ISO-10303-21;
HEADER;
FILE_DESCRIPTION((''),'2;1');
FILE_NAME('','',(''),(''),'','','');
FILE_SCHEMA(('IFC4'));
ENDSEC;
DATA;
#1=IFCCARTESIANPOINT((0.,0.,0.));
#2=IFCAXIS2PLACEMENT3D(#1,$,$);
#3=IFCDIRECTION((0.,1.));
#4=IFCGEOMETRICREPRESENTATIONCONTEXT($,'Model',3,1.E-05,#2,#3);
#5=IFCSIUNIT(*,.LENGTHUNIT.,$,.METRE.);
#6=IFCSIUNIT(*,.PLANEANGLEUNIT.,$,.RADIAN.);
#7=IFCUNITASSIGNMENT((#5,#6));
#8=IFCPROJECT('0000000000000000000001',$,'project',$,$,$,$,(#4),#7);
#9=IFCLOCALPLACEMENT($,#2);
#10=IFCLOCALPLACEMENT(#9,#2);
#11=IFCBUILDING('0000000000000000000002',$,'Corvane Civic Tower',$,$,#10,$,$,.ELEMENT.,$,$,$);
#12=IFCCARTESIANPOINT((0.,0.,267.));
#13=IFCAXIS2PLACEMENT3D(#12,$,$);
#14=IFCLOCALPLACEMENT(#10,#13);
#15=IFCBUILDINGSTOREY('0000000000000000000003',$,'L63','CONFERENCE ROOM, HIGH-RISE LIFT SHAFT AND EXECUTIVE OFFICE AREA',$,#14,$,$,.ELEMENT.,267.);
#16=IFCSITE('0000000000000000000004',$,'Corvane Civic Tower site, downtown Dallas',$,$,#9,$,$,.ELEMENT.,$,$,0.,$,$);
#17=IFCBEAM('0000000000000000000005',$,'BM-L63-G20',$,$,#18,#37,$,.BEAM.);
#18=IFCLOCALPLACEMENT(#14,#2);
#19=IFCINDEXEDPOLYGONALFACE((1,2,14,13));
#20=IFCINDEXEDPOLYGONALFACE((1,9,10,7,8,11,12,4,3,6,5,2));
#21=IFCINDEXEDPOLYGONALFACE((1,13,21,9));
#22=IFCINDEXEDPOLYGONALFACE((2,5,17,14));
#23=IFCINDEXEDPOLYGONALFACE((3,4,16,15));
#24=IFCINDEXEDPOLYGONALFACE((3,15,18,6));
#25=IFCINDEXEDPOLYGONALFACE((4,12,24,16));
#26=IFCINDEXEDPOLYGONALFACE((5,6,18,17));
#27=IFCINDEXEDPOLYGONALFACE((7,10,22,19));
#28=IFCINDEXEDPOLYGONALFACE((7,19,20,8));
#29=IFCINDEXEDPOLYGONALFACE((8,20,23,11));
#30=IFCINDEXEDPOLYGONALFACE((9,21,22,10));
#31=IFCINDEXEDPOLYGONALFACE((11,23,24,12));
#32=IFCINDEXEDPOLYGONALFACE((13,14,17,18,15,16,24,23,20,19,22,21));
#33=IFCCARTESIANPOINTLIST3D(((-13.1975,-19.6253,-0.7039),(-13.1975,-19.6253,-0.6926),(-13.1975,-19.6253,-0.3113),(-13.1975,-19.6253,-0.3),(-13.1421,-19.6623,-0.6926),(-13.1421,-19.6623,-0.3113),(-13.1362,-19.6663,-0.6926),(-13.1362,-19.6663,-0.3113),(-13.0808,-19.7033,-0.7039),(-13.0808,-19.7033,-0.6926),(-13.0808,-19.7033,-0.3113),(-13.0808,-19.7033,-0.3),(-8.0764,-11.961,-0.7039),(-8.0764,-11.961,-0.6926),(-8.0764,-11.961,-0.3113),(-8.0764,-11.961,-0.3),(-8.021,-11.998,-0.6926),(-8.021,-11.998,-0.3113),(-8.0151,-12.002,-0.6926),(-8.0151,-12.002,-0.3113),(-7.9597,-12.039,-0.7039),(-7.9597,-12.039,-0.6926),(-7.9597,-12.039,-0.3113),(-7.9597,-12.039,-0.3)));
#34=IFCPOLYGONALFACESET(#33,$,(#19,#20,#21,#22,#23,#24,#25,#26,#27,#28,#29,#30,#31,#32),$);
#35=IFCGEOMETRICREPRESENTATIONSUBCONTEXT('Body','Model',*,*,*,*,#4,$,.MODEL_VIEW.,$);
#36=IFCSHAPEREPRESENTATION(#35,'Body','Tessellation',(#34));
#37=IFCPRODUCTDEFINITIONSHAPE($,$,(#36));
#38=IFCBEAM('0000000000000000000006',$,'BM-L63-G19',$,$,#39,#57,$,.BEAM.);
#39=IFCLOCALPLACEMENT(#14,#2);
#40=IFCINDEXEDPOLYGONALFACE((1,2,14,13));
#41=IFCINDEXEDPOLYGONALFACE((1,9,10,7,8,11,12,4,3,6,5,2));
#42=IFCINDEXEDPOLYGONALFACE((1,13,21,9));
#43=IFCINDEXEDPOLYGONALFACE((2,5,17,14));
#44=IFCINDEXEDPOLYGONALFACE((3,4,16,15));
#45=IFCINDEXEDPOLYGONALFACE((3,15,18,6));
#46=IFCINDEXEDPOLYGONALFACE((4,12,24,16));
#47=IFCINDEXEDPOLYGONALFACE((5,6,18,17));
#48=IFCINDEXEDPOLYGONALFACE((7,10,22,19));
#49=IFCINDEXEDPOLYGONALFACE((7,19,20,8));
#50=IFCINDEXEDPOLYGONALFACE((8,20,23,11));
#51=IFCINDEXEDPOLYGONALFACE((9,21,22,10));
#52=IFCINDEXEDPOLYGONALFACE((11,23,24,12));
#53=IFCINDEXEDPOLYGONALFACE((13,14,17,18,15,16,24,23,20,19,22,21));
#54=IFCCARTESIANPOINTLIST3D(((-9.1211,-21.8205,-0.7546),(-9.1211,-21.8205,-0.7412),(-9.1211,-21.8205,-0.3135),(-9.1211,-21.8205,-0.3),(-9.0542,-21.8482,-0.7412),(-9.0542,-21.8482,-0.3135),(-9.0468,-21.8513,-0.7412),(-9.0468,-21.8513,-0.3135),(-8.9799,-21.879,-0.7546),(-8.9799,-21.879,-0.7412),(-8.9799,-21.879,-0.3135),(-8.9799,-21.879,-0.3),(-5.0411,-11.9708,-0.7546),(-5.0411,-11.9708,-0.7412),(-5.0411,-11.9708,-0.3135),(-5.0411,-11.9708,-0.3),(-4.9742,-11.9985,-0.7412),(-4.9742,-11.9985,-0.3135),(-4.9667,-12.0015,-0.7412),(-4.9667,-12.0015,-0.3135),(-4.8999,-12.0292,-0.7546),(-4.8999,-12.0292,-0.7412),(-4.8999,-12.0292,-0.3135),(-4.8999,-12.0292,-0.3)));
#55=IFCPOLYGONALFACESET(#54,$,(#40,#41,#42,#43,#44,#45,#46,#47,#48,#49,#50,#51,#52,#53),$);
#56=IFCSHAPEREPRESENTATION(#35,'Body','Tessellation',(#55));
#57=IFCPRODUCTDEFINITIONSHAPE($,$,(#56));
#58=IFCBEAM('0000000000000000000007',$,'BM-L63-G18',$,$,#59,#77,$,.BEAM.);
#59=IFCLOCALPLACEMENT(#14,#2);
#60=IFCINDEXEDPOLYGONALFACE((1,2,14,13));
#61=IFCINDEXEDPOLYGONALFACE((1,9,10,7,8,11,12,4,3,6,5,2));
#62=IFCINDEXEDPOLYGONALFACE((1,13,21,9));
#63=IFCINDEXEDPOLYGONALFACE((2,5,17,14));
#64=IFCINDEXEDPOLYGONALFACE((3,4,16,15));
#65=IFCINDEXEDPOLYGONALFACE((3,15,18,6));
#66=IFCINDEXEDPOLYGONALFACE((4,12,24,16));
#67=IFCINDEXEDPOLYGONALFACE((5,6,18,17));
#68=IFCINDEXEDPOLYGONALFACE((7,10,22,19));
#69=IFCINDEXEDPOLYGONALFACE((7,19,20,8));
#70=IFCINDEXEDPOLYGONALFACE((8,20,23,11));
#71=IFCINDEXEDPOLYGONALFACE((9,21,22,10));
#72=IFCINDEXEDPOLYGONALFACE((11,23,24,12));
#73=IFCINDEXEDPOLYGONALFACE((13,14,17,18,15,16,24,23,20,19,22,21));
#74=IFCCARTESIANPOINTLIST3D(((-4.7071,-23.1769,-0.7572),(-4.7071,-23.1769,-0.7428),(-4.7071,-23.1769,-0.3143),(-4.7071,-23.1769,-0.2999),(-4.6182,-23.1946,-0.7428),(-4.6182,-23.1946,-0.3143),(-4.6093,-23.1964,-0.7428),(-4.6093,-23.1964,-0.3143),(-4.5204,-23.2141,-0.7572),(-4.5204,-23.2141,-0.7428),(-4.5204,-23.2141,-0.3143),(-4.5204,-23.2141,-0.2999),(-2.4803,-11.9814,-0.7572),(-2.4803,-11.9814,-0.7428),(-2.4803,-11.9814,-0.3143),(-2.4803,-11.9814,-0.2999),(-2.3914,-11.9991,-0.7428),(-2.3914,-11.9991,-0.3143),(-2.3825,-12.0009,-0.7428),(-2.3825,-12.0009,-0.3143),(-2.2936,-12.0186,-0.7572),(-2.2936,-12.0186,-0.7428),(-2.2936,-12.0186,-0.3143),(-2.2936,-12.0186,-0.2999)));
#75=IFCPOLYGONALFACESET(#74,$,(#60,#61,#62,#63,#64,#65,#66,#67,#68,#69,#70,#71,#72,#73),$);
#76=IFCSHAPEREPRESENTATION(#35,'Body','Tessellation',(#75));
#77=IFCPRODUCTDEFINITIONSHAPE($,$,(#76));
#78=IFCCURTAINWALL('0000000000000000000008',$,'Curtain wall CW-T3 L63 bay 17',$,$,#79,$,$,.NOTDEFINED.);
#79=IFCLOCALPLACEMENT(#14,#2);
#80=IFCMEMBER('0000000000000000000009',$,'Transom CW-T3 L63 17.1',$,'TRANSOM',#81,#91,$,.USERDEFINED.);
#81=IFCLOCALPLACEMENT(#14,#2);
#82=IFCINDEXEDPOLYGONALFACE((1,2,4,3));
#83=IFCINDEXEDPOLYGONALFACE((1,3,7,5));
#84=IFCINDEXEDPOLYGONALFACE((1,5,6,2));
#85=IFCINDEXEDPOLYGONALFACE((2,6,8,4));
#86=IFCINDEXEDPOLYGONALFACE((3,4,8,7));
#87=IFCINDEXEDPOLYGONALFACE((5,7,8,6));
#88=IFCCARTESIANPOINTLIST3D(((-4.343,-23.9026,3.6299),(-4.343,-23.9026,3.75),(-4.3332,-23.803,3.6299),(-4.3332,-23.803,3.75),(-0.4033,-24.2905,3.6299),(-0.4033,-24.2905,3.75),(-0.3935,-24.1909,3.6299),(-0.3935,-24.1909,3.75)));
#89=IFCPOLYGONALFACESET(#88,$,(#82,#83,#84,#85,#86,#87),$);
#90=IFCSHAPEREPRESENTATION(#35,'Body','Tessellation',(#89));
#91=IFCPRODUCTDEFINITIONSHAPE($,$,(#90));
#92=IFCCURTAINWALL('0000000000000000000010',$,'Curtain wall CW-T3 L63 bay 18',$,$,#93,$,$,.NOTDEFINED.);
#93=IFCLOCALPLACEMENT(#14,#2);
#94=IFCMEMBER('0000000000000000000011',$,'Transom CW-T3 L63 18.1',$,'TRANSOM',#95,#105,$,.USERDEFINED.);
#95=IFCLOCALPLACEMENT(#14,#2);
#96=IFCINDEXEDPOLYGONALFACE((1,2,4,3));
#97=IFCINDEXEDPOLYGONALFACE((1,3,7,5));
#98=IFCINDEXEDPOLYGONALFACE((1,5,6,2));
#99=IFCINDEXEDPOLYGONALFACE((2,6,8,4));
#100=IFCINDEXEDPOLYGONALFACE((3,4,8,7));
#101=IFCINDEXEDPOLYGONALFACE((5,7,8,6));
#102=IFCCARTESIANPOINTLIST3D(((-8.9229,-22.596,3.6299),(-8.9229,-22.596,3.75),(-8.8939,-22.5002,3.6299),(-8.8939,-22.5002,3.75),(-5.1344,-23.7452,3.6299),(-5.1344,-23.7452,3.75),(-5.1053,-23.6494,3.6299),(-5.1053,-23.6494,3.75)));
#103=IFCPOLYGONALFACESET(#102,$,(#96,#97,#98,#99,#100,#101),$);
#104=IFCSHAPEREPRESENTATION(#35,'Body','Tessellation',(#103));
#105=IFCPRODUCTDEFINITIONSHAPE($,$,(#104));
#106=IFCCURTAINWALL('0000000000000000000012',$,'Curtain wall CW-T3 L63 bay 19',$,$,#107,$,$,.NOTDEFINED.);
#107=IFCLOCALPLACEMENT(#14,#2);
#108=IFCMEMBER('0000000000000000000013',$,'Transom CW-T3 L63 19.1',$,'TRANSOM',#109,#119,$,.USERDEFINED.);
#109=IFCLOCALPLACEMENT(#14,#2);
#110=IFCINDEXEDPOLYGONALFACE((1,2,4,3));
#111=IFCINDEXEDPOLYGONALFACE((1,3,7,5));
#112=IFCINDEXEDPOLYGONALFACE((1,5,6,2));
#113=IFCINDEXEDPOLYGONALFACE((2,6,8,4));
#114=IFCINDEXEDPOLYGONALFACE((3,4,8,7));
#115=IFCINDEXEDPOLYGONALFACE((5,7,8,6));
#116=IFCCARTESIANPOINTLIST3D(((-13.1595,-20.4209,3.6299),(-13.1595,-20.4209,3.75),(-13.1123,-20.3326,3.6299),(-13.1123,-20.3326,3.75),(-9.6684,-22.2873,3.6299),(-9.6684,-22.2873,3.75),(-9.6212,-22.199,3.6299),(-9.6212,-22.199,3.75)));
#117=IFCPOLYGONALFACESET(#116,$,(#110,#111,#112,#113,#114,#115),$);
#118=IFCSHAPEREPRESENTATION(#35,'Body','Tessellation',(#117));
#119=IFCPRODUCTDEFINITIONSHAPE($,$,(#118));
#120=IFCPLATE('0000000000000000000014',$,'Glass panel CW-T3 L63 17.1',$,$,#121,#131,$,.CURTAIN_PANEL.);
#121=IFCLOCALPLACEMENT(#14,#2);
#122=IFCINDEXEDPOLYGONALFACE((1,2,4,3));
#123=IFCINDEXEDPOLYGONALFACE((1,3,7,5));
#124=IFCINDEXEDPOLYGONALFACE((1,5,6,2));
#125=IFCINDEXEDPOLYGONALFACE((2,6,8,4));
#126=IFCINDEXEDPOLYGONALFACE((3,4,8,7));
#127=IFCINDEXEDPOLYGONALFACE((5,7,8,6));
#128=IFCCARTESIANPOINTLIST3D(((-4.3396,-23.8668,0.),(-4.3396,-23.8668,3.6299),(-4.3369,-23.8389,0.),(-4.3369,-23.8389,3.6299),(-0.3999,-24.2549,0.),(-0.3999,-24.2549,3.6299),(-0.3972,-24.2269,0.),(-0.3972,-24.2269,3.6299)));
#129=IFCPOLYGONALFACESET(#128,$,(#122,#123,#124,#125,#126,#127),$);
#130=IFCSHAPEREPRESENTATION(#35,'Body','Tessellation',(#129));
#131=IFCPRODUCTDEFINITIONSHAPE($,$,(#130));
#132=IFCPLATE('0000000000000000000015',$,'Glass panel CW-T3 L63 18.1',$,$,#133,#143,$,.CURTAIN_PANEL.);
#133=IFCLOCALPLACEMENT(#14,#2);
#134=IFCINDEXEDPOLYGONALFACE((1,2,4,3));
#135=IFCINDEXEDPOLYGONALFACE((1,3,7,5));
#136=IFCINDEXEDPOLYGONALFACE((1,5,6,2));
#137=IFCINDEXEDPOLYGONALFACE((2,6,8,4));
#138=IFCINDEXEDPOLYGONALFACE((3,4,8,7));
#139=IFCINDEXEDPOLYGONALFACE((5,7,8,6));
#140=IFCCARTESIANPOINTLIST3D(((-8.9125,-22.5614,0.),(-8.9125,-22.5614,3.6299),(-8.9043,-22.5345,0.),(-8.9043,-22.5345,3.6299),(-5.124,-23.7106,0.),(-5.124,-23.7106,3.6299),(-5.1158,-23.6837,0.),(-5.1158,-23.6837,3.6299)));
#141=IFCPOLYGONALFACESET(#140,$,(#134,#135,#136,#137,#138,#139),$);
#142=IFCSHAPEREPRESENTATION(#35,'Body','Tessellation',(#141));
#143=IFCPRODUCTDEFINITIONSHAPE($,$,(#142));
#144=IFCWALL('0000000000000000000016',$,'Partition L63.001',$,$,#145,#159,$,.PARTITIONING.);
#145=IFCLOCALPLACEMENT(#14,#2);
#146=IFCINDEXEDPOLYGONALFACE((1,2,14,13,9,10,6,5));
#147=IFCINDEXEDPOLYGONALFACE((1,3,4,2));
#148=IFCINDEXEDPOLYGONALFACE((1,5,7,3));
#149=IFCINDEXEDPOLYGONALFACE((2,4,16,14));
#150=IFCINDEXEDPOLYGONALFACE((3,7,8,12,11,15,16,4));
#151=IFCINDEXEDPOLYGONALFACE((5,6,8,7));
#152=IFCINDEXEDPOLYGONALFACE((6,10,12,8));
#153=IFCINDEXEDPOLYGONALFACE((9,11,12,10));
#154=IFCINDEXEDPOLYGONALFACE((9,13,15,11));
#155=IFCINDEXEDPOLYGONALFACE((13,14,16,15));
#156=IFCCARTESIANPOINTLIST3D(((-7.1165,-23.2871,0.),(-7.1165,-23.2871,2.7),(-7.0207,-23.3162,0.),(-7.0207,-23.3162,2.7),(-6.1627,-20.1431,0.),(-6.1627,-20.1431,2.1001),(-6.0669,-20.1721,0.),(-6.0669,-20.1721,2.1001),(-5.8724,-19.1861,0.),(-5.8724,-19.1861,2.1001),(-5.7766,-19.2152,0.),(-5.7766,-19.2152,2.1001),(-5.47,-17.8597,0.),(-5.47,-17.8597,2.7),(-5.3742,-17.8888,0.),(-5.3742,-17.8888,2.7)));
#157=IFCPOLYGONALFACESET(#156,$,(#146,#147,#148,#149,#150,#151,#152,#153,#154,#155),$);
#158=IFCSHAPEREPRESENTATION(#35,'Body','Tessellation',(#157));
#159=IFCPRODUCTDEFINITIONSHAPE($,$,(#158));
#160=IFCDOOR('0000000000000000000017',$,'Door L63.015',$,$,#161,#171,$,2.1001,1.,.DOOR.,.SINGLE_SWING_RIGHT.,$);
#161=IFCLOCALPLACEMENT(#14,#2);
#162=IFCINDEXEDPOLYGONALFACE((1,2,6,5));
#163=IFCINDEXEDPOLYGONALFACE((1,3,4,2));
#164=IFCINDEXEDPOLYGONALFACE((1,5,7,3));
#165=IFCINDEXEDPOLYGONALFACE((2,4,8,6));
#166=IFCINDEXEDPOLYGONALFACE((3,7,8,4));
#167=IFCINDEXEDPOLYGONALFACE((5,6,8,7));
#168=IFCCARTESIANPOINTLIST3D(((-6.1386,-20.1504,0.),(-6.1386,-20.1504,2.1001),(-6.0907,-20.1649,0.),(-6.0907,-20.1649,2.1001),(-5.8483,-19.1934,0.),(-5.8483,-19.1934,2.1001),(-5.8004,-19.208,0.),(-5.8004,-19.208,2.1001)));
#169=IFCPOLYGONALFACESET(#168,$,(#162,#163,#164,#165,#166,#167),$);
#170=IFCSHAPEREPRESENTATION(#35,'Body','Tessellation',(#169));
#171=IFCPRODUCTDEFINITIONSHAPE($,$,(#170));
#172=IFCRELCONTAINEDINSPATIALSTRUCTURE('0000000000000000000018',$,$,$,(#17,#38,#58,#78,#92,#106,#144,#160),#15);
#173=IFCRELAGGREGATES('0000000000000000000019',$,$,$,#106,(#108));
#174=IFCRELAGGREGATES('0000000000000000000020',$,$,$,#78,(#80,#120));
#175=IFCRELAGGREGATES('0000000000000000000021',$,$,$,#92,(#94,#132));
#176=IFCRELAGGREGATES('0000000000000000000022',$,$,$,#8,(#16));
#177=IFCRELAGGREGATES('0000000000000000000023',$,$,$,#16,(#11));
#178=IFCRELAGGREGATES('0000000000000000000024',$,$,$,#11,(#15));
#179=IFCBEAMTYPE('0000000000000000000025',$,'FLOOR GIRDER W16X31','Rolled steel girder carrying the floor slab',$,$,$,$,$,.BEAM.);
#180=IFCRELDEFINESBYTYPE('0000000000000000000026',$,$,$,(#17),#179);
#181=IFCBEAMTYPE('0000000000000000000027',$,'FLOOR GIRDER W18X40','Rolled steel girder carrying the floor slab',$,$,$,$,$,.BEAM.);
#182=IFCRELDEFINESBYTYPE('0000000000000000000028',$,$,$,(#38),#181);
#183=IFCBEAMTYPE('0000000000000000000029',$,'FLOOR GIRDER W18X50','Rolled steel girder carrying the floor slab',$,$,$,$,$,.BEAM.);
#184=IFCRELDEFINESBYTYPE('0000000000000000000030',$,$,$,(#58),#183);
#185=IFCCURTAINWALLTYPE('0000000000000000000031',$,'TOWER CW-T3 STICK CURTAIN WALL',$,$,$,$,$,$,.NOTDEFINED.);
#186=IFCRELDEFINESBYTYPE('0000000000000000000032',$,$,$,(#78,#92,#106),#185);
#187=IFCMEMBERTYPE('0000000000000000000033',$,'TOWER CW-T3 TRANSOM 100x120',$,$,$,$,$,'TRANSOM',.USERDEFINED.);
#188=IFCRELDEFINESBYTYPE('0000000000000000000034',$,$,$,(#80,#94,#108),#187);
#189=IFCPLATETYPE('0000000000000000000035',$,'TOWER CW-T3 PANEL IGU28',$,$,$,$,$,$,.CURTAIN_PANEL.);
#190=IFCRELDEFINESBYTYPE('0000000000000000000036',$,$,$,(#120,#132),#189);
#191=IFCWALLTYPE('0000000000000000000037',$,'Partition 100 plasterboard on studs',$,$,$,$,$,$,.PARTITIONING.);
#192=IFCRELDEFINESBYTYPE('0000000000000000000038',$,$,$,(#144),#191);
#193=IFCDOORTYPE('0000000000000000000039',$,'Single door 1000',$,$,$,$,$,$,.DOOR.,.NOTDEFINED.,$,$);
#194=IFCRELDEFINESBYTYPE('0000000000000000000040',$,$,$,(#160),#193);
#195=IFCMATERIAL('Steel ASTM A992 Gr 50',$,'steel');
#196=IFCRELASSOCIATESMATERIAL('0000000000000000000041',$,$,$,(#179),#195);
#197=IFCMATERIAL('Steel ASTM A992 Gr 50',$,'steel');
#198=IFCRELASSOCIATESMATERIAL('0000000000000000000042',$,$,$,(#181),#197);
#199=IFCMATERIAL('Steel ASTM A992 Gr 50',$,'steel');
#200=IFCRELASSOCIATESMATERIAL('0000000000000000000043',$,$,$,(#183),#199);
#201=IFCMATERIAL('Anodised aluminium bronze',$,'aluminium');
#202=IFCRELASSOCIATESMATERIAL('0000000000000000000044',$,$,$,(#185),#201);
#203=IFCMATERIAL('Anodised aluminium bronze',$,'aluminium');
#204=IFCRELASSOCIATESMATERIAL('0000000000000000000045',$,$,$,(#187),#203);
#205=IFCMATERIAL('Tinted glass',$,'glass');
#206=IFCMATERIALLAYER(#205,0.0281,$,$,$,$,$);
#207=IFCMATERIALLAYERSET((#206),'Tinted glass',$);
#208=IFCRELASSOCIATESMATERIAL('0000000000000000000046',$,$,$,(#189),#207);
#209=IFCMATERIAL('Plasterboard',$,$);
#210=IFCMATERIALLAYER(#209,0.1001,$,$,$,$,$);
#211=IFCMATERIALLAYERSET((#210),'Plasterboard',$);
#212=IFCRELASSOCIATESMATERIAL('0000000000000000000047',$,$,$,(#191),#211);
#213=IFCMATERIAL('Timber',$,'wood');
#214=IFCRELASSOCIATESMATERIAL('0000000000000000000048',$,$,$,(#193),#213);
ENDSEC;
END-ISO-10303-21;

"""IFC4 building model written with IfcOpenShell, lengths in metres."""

from ifc_helpers import new_model, si_unit, direction, frame, frame_2d, origin, origin_2d, place, context, subcontext, project, spatial, rectangle, i_section, extrude, material, layer, layer_set, material_profile, profile_set, type_object, element, fill, aggregate, save


model = new_model("IFC4")

# Units and contexts
model_context = context("Model", 3, precision=1e-05, world=origin(), true_north=direction((0.0, 1.0)))
body_context = subcontext(model_context, "Body", "Model", "MODEL_VIEW")
ifc_project = project(units=[si_unit("LENGTHUNIT", "METRE"), si_unit("PLANEANGLEUNIT", "RADIAN")], contexts=[model_context])

# Site, building, storey
site_placement = place(None, origin())
site = spatial("IfcSite", under=ifc_project, at=site_placement, Name="Corvane Civic Tower site, downtown Dallas", CompositionType="ELEMENT", RefElevation=0.0)
building_placement = place(site_placement, origin())
building = spatial("IfcBuilding", under=site, at=building_placement, Name="Corvane Civic Tower", CompositionType="ELEMENT")
storey_placement = place(building_placement, frame((0.0, 0.0, 267.0)))
storey = spatial("IfcBuildingStorey", under=building, at=storey_placement, Name="L63", Description="CONFERENCE ROOM, HIGH-RISE LIFT SHAFT AND EXECUTIVE OFFICE AREA", CompositionType="ELEMENT", Elevation=267.0)

# Beams
ifc_material_1 = material(Name="Steel ASTM A992 Gr 50", Category="steel")
ifc_material_profile_1 = material_profile(ifc_material_1, i_section(OverallWidth=0.1404, OverallDepth=0.4038, WebThickness=0.0071, FlangeThickness=0.0112, at=origin_2d()), Name="W16X31")
ifc_profile_set_1 = profile_set([ifc_material_profile_1], Name="Steel ASTM A992 Gr 50")
beam_type_1 = type_object("IfcBeamType", Name="FLOOR GIRDER W16X31", Description="Rolled steel girder carrying the floor slab", PredefinedType="BEAM", material=ifc_profile_set_1)
beam_1_placement = place(storey_placement, frame((-8.0181, -12.0, -0.502), z_axis=(-0.555568, -0.831471, 0.0), x_axis=(0.831471, -0.555568, 0.0)))
element("IfcBeam", 1, at=beam_1_placement, inside=storey, type_object=beam_type_1, Name="BM-L63-G20", PredefinedType="BEAM", context=body_context, shape_type="SweptSolid", body=[
    extrude(i_section(OverallWidth=0.1404, OverallDepth=0.4038, WebThickness=0.0071, FlangeThickness=0.0112, at=origin_2d()), origin(), (0.0, 0.0, 1.0), 9.2178),
])
ifc_material_2 = material(Name="Steel ASTM A992 Gr 50", Category="steel")
ifc_material_profile_2 = material_profile(ifc_material_2, i_section(OverallWidth=0.1528, OverallDepth=0.4546, WebThickness=0.0081, FlangeThickness=0.0134, at=origin_2d()), Name="W18X40")
ifc_profile_set_2 = profile_set([ifc_material_profile_2], Name="Steel ASTM A992 Gr 50")
beam_type_2 = type_object("IfcBeamType", Name="FLOOR GIRDER W18X40", Description="Rolled steel girder carrying the floor slab", PredefinedType="BEAM", material=ifc_profile_set_2)
beam_2_placement = place(storey_placement, frame((-4.9705, -12.0, -0.5273), z_axis=(-0.382694, -0.923875, 0.0), x_axis=(0.923875, -0.382694, 0.0)))
element("IfcBeam", 2, at=beam_2_placement, inside=storey, type_object=beam_type_2, Name="BM-L63-G19", PredefinedType="BEAM", context=body_context, shape_type="SweptSolid", body=[
    extrude(i_section(OverallWidth=0.1528, OverallDepth=0.4546, WebThickness=0.0081, FlangeThickness=0.0134, at=origin_2d()), origin(), (0.0, 0.0, 1.0), 10.6614),
])
ifc_material_3 = material(Name="Steel ASTM A992 Gr 50", Category="steel")
ifc_material_profile_3 = material_profile(ifc_material_3, i_section(OverallWidth=0.1904, OverallDepth=0.4573, WebThickness=0.009, FlangeThickness=0.0144, at=origin_2d()), Name="W18X50")
ifc_profile_set_3 = profile_set([ifc_material_profile_3], Name="Steel ASTM A992 Gr 50")
beam_type_3 = type_object("IfcBeamType", Name="FLOOR GIRDER W18X50", Description="Rolled steel girder carrying the floor slab", PredefinedType="BEAM", material=ifc_profile_set_3)
beam_3_placement = place(storey_placement, frame((-2.387, -12.0, -0.5286), z_axis=(-0.19508, -0.980787, 0.0), x_axis=(0.980787, -0.19508, 0.0)))
element("IfcBeam", 3, at=beam_3_placement, inside=storey, type_object=beam_type_3, Name="BM-L63-G18", PredefinedType="BEAM", context=body_context, shape_type="SweptSolid", body=[
    extrude(i_section(OverallWidth=0.1904, OverallDepth=0.4573, WebThickness=0.009, FlangeThickness=0.0144, at=origin_2d()), origin(), (0.0, 0.0, 1.0), 11.4148),
])

# Curtain walls, members
ifc_material_4 = material(Name="Anodised aluminium bronze", Category="aluminium")
curtain_wall_type = type_object("IfcCurtainWallType", Name="TOWER CW-T3 STICK CURTAIN WALL", PredefinedType="NOTDEFINED", material=ifc_material_4)
curtain_wall_1_placement = place(storey_placement, origin())
curtain_wall_1 = element("IfcCurtainWall", 4, at=curtain_wall_1_placement, inside=storey, type_object=curtain_wall_type, Name="Curtain wall CW-T3 L63 bay 17", PredefinedType="NOTDEFINED")
ifc_material_5 = material(Name="Anodised aluminium bronze", Category="aluminium")
ifc_material_profile_4 = material_profile(ifc_material_5, rectangle(XDim=0.1001, YDim=0.1201, at=origin_2d()), Name="TOWER CW-T3 TRANSOM 100x120")
ifc_profile_set_4 = profile_set([ifc_material_profile_4], Name="Anodised aluminium bronze")
member_type = type_object("IfcMemberType", Name="TOWER CW-T3 TRANSOM 100x120", ElementType="TRANSOM", PredefinedType="USERDEFINED", material=ifc_profile_set_4)
member_1_placement = place(storey_placement, frame((-0.3984, -24.2407, 3.6899), z_axis=(-0.995187, 0.097995, 0.0), x_axis=(-0.097995, -0.995187, 0.0)))
member_1 = element("IfcMember", 5, at=member_1_placement, type_object=member_type, Name="Transom CW-T3 L63 17.1", ObjectType="TRANSOM", PredefinedType="USERDEFINED", context=body_context, shape_type="SweptSolid", body=[
    extrude(rectangle(XDim=0.1001, YDim=0.1201, at=origin_2d()), origin(), (0.0, 0.0, 1.0), 3.9587),
])
curtain_wall_2_placement = place(storey_placement, origin())
curtain_wall_2 = element("IfcCurtainWall", 6, at=curtain_wall_2_placement, inside=storey, type_object=curtain_wall_type, Name="Curtain wall CW-T3 L63 bay 18", PredefinedType="NOTDEFINED")
member_2_placement = place(storey_placement, frame((-5.1199, -23.6973, 3.6899), z_axis=(-0.956946, 0.290266, 0.0), x_axis=(-0.290266, -0.956946, 0.0)))
member_2 = element("IfcMember", 7, at=member_2_placement, type_object=member_type, Name="Transom CW-T3 L63 18.1", ObjectType="TRANSOM", PredefinedType="USERDEFINED", context=body_context, shape_type="SweptSolid", body=[
    extrude(rectangle(XDim=0.1001, YDim=0.1201, at=origin_2d()), origin(), (0.0, 0.0, 1.0), 3.959),
])
curtain_wall_3_placement = place(storey_placement, origin())
curtain_wall_3 = element("IfcCurtainWall", 8, at=curtain_wall_3_placement, inside=storey, type_object=curtain_wall_type, Name="Curtain wall CW-T3 L63 bay 19", PredefinedType="NOTDEFINED")
member_3_placement = place(storey_placement, frame((-9.6448, -22.2432, 3.6899), z_axis=(-0.881883, 0.471468, 0.0), x_axis=(-0.471468, -0.881883, 0.0)))
member_3 = element("IfcMember", 9, at=member_3_placement, type_object=member_type, Name="Transom CW-T3 L63 19.1", ObjectType="TRANSOM", PredefinedType="USERDEFINED", context=body_context, shape_type="SweptSolid", body=[
    extrude(rectangle(XDim=0.1001, YDim=0.1201, at=origin_2d()), origin(), (0.0, 0.0, 1.0), 3.9587),
])
aggregate(curtain_wall_3, [member_3])

# Plates
ifc_material_6 = material(Name="Tinted glass", Category="glass")
ifc_layer_1 = layer(ifc_material_6, 0.0281)
ifc_layer_set_1 = layer_set([ifc_layer_1], Name="Tinted glass")
plate_type = type_object("IfcPlateType", Name="TOWER CW-T3 PANEL IGU28", PredefinedType="CURTAIN_PANEL", material=ifc_layer_set_1)
plate_1_placement = place(storey_placement, frame((-2.3684, -24.0469, 0.0), z_axis=(0.0, 0.0, 1.0), x_axis=(-0.995184, 0.098021, 0.0)))
plate_1 = element("IfcPlate", 10, at=plate_1_placement, type_object=plate_type, Name="Glass panel CW-T3 L63 17.1", PredefinedType="CURTAIN_PANEL", context=body_context, shape_type="SweptSolid", body=[
    extrude(rectangle(XDim=3.9587, YDim=0.0281, at=origin_2d()), origin(), (0.0, 0.0, 1.0), 3.6299),
])
aggregate(curtain_wall_1, [member_1, plate_1])
plate_2_placement = place(storey_placement, frame((-7.0142, -23.1226, 0.0), z_axis=(0.0, 0.0, 1.0), x_axis=(-0.956944, 0.290274, 0.0)))
plate_2 = element("IfcPlate", 11, at=plate_2_placement, type_object=plate_type, Name="Glass panel CW-T3 L63 18.1", PredefinedType="CURTAIN_PANEL", context=body_context, shape_type="SweptSolid", body=[
    extrude(rectangle(XDim=3.959, YDim=0.0281, at=origin_2d()), origin(), (0.0, 0.0, 1.0), 3.6299),
])
aggregate(curtain_wall_2, [member_2, plate_2])

# Wall, opening, door
ifc_material_7 = material(Name="Plasterboard")
ifc_layer_2 = layer(ifc_material_7, 0.1001)
ifc_layer_set_2 = layer_set([ifc_layer_2], Name="Plasterboard")
wall_type = type_object("IfcWallType", Name="Partition 100 plasterboard on studs", PredefinedType="PARTITIONING", material=ifc_layer_set_2)
wall_1_placement = place(storey_placement, frame((-7.0686, -23.3018, 0.0), z_axis=(0.0, 0.0, 1.0), x_axis=(0.290296, 0.956937, 0.0)))
wall_1 = element("IfcWall", 12, at=wall_1_placement, inside=storey, type_object=wall_type, Name="Partition L63.001", PredefinedType="PARTITIONING", context=body_context, shape_type="SweptSolid", body=[
    extrude(rectangle(XDim=5.6716, YDim=0.1001, at=frame_2d((2.8359, 0.0))), origin(), (0.0, 0.0, 1.0), 2.7),
])
opening_placement = place(wall_1_placement, frame((3.2856, 0.0, 0.0)))
opening = element("IfcOpeningElement", 13, at=opening_placement, cuts=wall_1, PredefinedType="OPENING", context=body_context, shape_type="SweptSolid", body=[
    extrude(rectangle(XDim=1.0, YDim=2.1001, at=frame_2d((0.5, 1.05))), frame((0.0, 0.0601, 0.0), z_axis=(0.0, -1.0, 0.0), x_axis=(1.0, 0.0, 0.0)), (0.0, 0.0, 1.0), 0.1201),
])
ifc_material_8 = material(Name="Timber", Category="wood")
door_type = type_object("IfcDoorType", Name="Single door 1000", OperationType="NOTDEFINED", PredefinedType="DOOR", material=ifc_material_8)
door_placement = place(opening_placement, origin())
door = element("IfcDoor", 14, at=door_placement, inside=storey, type_object=door_type, Name="Door L63.015", OperationType="SINGLE_SWING_RIGHT", OverallHeight=2.1001, OverallWidth=1.0, PredefinedType="DOOR", context=body_context, shape_type="SweptSolid", body=[
    extrude(rectangle(XDim=1.0, YDim=2.1001, at=frame_2d((0.5, 1.05))), frame((0.0, 0.0249, 0.0), z_axis=(0.0, -1.0, 0.0), x_axis=(1.0, 0.0, 0.0)), (0.0, 0.0, 1.0), 0.05),
])
fill(opening, door)

save(model, "model.ifc")
